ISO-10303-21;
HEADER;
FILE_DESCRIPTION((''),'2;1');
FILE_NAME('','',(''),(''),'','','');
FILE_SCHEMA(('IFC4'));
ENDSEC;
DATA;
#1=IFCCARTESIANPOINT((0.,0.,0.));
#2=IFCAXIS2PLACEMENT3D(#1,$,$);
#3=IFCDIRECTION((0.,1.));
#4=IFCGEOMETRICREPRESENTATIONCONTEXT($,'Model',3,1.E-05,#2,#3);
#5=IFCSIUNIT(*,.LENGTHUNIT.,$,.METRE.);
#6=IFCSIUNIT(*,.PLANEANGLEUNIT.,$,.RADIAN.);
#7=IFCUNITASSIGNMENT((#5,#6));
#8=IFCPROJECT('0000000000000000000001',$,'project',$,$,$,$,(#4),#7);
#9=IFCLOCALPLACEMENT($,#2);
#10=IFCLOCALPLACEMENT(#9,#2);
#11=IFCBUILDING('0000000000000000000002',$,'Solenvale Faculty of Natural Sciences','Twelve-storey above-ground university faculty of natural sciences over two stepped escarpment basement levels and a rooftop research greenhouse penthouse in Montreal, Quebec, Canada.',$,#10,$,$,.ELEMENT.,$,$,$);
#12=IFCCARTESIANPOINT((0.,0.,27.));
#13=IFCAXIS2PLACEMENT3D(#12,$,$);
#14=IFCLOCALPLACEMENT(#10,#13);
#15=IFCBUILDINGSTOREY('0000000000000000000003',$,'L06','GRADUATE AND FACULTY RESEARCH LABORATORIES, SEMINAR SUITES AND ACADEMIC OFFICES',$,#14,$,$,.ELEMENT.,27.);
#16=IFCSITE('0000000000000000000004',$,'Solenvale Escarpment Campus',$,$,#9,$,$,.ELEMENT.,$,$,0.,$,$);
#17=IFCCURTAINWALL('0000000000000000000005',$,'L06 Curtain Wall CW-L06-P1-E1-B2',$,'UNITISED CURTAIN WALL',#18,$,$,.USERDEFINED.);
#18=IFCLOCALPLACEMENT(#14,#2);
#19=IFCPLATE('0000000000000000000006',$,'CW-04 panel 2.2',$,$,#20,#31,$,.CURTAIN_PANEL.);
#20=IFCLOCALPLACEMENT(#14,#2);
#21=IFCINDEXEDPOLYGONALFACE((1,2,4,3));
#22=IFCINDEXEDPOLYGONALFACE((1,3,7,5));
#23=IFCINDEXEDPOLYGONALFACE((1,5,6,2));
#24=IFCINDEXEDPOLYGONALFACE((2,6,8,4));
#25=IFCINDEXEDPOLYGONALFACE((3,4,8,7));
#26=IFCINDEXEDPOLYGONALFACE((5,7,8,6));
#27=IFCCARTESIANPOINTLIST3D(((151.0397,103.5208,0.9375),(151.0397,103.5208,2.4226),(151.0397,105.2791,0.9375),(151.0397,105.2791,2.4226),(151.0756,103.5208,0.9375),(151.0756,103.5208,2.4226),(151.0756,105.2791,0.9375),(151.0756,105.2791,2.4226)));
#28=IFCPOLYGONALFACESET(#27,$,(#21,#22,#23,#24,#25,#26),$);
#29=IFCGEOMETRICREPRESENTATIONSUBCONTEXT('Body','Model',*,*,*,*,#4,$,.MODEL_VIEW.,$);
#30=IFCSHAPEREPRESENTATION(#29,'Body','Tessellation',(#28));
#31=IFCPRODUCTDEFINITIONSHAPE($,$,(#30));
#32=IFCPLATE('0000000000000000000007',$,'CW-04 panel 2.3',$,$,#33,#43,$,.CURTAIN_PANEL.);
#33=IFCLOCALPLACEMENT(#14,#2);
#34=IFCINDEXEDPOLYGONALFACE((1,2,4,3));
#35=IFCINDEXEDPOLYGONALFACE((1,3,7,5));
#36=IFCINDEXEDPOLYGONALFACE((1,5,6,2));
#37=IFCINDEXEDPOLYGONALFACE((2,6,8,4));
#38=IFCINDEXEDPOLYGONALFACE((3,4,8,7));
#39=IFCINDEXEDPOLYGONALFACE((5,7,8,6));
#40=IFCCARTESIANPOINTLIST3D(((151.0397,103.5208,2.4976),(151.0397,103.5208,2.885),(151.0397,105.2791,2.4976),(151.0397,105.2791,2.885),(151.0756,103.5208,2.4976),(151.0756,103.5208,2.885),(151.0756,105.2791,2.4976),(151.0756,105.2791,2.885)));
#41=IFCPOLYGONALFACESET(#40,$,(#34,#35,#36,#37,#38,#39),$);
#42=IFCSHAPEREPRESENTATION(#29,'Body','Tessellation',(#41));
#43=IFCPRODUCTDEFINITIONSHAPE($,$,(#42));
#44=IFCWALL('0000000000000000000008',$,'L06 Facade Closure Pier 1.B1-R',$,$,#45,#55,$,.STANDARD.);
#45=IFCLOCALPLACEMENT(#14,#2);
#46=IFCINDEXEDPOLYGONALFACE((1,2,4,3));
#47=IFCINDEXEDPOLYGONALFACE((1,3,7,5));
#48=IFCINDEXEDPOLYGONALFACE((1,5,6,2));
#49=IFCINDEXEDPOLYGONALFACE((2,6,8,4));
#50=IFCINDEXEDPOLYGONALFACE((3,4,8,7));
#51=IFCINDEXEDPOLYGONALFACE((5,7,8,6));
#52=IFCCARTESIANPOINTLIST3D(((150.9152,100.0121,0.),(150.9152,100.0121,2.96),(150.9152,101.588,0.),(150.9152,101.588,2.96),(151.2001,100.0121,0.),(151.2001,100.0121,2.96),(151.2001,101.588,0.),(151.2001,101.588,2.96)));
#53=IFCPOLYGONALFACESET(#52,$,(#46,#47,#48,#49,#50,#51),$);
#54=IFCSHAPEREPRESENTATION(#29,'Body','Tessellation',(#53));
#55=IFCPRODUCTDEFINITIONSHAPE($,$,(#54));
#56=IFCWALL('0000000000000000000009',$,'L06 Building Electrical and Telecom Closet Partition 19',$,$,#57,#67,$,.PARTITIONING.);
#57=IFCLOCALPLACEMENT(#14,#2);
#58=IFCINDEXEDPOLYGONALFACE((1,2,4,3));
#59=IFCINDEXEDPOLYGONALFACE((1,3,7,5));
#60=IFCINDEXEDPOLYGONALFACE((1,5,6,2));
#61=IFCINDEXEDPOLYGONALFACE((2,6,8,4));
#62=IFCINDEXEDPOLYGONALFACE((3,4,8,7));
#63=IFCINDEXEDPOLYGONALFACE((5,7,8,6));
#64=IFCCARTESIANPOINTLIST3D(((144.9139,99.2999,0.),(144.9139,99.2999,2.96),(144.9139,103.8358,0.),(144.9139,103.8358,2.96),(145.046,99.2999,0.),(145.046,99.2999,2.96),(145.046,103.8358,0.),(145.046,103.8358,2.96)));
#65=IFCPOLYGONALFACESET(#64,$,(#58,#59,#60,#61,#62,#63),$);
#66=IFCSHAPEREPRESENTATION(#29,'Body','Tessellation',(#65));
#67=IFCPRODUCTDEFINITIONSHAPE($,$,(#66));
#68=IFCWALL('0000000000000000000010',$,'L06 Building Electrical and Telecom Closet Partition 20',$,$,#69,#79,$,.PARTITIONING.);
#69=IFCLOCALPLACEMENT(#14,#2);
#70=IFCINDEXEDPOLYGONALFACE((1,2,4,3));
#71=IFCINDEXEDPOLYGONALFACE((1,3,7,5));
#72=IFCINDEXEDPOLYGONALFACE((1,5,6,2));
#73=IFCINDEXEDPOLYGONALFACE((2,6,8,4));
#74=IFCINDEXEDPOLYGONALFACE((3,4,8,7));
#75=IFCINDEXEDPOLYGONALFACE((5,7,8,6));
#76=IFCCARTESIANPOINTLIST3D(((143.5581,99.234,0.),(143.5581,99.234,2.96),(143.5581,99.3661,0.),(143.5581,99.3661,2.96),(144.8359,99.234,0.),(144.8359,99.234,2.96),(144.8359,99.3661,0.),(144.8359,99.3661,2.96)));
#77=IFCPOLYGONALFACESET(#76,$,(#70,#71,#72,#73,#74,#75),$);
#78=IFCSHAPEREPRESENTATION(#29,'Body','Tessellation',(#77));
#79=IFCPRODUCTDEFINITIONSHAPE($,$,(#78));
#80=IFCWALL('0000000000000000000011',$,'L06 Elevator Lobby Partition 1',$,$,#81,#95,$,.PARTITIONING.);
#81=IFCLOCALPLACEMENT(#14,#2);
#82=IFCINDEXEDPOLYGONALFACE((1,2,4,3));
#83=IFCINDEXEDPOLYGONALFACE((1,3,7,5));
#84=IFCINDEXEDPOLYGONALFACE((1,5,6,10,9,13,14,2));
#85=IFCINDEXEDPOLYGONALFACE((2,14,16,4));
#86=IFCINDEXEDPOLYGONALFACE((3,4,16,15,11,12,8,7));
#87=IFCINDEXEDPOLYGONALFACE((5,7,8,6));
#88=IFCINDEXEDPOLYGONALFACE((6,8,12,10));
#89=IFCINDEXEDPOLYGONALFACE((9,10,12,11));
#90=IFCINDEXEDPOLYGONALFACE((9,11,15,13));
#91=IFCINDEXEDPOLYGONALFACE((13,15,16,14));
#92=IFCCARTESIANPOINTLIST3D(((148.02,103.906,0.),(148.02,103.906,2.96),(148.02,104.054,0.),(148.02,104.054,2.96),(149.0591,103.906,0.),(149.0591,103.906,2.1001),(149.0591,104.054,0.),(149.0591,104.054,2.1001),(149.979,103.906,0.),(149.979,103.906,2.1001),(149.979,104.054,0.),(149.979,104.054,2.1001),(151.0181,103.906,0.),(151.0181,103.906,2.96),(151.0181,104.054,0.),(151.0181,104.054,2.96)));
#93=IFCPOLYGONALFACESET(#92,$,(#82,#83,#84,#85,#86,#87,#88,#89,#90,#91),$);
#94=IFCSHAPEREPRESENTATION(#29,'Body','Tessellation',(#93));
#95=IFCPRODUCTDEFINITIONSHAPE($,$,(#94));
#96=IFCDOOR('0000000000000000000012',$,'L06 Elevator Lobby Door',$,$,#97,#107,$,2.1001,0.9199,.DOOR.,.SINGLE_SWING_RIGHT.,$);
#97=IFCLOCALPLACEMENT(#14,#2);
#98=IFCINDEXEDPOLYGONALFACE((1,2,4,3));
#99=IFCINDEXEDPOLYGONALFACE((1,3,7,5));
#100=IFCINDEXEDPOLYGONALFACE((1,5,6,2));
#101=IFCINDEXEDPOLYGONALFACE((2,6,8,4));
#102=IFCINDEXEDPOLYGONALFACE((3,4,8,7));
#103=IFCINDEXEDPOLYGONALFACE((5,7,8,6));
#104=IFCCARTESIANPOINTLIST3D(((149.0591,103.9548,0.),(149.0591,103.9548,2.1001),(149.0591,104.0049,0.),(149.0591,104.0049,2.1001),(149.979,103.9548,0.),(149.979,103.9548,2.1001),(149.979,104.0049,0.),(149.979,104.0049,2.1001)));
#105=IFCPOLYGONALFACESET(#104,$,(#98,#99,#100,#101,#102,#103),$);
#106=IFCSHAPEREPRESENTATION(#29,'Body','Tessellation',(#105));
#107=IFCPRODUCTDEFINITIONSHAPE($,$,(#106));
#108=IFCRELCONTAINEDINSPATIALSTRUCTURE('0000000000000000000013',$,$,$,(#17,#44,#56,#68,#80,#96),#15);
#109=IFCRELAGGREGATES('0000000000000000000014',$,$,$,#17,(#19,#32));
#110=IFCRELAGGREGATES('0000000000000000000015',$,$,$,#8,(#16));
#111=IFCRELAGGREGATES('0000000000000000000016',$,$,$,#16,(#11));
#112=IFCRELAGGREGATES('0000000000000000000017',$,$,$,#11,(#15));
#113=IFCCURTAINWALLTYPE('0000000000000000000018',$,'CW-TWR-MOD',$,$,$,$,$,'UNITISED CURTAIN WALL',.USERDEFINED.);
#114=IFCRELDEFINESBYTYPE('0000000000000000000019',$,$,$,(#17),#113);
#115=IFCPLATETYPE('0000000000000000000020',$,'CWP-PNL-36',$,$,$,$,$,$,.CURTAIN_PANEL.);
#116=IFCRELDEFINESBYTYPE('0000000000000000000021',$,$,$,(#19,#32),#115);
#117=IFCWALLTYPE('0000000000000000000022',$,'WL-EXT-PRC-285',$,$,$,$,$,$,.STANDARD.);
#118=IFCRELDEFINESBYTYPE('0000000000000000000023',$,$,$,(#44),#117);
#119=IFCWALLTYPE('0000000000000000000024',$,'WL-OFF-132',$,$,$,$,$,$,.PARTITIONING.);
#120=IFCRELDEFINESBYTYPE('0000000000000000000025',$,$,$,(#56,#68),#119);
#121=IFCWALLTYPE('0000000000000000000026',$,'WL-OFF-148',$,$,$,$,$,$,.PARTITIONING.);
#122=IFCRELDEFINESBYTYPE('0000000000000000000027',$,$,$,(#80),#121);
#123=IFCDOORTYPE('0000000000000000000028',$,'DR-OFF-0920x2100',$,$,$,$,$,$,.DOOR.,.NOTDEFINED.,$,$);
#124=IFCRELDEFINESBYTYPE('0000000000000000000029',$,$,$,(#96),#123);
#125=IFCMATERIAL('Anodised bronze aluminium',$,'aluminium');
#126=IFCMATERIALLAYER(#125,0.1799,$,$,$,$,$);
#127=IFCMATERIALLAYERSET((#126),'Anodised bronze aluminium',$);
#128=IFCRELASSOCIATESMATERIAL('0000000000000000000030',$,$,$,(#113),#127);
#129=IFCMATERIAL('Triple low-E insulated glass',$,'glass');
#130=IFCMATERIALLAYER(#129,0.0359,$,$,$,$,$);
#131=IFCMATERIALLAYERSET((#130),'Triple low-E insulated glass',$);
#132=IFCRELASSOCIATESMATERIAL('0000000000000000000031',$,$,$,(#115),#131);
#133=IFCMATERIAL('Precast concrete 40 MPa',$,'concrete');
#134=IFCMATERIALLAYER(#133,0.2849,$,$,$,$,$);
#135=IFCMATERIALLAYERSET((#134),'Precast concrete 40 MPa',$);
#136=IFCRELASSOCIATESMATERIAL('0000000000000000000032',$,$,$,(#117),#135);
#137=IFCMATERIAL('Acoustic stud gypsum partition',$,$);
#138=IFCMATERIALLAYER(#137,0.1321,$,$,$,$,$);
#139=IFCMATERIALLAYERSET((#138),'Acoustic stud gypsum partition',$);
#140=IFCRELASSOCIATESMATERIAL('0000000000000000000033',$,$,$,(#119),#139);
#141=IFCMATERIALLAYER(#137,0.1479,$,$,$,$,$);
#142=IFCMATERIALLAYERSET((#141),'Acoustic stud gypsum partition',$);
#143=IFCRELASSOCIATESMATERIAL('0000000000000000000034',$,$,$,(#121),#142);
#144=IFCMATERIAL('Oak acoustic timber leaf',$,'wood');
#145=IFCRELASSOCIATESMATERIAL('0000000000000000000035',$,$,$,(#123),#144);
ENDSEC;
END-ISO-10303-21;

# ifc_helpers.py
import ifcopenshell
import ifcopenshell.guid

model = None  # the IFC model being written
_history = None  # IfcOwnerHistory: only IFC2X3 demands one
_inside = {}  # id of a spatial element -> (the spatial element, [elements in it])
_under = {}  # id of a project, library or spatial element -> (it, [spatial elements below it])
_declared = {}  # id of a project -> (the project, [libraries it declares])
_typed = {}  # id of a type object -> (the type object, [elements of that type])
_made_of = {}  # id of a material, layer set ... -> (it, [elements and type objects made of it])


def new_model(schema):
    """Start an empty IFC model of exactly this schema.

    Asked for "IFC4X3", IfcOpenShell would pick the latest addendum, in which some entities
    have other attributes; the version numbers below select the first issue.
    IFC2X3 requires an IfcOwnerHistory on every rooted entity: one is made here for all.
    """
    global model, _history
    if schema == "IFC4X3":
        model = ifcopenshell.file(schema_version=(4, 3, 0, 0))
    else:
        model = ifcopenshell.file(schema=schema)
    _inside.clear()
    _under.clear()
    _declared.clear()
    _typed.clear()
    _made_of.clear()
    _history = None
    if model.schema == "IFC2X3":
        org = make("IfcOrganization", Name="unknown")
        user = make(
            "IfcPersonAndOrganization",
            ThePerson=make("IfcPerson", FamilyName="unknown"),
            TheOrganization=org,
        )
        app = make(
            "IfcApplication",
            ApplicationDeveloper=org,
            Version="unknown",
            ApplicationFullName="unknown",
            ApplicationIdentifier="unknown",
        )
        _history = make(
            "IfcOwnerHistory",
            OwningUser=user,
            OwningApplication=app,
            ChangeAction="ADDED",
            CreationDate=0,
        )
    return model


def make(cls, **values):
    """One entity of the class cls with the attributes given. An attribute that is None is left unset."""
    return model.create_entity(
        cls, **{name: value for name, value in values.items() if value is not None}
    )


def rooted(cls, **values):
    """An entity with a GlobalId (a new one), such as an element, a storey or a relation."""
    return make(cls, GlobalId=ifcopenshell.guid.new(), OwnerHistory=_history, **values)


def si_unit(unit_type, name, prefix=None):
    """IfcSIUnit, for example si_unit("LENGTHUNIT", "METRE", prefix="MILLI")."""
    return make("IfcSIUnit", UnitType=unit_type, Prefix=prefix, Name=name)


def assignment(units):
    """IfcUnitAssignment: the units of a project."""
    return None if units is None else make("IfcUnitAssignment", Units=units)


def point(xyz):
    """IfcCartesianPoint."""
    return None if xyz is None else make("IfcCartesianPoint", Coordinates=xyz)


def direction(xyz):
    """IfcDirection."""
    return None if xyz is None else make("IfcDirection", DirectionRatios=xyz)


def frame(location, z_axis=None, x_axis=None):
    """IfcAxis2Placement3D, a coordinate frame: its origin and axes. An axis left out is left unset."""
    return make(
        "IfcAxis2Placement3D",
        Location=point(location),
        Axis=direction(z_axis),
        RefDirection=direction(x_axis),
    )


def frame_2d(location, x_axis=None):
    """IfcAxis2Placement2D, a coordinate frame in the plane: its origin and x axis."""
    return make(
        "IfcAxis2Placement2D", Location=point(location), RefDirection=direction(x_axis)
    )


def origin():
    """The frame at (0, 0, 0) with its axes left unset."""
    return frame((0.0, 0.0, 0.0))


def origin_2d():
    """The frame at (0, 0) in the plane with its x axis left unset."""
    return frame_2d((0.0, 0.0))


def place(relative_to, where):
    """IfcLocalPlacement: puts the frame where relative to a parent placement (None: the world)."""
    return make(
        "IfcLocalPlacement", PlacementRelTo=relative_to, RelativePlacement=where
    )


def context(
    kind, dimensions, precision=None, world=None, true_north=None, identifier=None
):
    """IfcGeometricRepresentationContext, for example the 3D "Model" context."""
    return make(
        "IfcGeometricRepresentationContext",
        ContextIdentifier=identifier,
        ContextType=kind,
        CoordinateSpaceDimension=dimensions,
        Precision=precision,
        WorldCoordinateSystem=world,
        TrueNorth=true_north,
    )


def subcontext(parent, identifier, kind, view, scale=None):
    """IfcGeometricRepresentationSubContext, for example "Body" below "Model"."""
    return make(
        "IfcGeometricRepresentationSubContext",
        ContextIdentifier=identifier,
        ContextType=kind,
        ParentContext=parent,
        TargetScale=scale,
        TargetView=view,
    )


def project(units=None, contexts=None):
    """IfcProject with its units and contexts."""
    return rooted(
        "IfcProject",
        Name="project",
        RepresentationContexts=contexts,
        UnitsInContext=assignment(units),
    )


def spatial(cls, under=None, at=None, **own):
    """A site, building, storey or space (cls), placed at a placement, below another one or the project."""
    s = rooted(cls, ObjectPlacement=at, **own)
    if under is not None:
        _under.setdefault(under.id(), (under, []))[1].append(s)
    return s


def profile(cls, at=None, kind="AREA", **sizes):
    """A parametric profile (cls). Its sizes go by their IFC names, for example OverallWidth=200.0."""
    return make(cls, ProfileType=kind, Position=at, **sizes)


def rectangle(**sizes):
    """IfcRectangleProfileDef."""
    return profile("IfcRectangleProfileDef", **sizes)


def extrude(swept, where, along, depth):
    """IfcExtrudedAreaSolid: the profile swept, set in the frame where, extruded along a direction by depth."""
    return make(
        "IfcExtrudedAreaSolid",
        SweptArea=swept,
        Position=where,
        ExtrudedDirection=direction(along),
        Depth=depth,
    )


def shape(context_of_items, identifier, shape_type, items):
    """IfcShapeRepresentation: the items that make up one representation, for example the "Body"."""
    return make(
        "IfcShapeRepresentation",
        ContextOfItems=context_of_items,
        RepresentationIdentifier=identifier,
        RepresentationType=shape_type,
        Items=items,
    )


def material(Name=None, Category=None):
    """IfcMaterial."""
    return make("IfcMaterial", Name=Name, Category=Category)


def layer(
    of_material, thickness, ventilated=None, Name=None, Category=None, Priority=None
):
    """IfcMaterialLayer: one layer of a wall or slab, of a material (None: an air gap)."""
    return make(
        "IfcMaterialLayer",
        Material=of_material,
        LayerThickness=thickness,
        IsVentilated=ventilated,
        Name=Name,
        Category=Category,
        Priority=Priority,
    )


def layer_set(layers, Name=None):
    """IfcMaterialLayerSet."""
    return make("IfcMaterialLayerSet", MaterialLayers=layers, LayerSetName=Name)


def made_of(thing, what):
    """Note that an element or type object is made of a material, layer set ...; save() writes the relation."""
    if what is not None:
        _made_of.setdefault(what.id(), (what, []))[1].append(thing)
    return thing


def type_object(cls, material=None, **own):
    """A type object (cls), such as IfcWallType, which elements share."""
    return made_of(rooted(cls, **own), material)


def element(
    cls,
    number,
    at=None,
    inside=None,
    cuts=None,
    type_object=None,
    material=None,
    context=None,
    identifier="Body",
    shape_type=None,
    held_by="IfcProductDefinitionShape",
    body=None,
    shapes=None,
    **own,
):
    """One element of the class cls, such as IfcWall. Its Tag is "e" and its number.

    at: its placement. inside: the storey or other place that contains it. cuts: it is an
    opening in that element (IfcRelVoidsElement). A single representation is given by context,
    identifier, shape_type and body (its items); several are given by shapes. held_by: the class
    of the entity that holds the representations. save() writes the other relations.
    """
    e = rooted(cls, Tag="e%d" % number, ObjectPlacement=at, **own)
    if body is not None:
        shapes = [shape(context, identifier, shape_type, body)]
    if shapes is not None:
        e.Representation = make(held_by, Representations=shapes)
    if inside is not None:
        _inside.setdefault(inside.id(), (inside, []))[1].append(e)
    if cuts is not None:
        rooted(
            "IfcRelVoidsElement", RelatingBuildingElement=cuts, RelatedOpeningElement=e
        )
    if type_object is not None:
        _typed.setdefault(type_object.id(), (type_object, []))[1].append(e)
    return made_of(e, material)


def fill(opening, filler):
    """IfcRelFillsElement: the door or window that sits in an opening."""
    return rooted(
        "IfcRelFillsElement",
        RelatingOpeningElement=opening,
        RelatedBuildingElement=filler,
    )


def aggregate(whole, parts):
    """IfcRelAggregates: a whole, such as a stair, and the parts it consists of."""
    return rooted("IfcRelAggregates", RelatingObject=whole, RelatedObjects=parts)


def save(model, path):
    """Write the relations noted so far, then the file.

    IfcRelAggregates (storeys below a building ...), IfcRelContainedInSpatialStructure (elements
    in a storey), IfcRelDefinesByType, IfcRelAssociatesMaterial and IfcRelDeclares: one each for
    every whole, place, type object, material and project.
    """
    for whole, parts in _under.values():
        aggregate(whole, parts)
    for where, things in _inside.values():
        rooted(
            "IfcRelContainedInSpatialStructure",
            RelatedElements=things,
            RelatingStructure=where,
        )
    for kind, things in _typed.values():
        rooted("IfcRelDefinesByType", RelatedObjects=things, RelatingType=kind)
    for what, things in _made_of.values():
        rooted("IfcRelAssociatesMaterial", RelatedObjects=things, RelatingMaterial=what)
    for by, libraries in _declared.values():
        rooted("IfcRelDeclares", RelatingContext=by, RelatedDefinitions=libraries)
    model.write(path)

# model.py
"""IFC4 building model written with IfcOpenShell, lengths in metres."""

from ifc_helpers import new_model, si_unit, direction, frame, frame_2d, origin, origin_2d, place, context, subcontext, project, spatial, rectangle, extrude, material, layer, layer_set, type_object, element, fill, aggregate, save


model = new_model("IFC4")

# Units and contexts
model_context = context("Model", 3, precision=1e-05, world=origin(), true_north=direction((0.0, 1.0)))
body_context = subcontext(model_context, "Body", "Model", "MODEL_VIEW")
ifc_project = project(units=[si_unit("LENGTHUNIT", "METRE"), si_unit("PLANEANGLEUNIT", "RADIAN")], contexts=[model_context])

# Site, building, storey
site_placement = place(None, origin())
site = spatial("IfcSite", under=ifc_project, at=site_placement, Name="Solenvale Escarpment Campus", CompositionType="ELEMENT", RefElevation=0.0)
building_placement = place(site_placement, origin())
building = spatial("IfcBuilding", under=site, at=building_placement, Name="Solenvale Faculty of Natural Sciences", Description="Twelve-storey above-ground university faculty of natural sciences over two stepped escarpment basement levels and a rooftop research greenhouse penthouse in Montreal, Quebec, Canada.", CompositionType="ELEMENT")
storey_placement = place(building_placement, frame((0.0, 0.0, 27.0)))
storey = spatial("IfcBuildingStorey", under=building, at=storey_placement, Name="L06", Description="GRADUATE AND FACULTY RESEARCH LABORATORIES, SEMINAR SUITES AND ACADEMIC OFFICES", CompositionType="ELEMENT", Elevation=27.0)

# Shared definitions
ifc_material_1 = material(Name="Anodised bronze aluminium", Category="aluminium")
ifc_layer_1 = layer(ifc_material_1, 0.1799)
ifc_layer_set_1 = layer_set([ifc_layer_1], Name="Anodised bronze aluminium")
curtain_wall_type = type_object("IfcCurtainWallType", Name="CW-TWR-MOD", ElementType="UNITISED CURTAIN WALL", PredefinedType="USERDEFINED", material=ifc_layer_set_1)

# Curtain wall
curtain_wall_1_placement = place(storey_placement, origin())
curtain_wall_1 = element("IfcCurtainWall", 1, at=curtain_wall_1_placement, inside=storey, type_object=curtain_wall_type, Name="L06 Curtain Wall CW-L06-P1-E1-B2", ObjectType="UNITISED CURTAIN WALL", PredefinedType="USERDEFINED")

# Plates
ifc_material_2 = material(Name="Triple low-E insulated glass", Category="glass")
ifc_layer_2 = layer(ifc_material_2, 0.0359)
ifc_layer_set_2 = layer_set([ifc_layer_2], Name="Triple low-E insulated glass")
plate_type_1 = type_object("IfcPlateType", Name="CWP-PNL-36", PredefinedType="CURTAIN_PANEL", material=ifc_layer_set_2)
plate_1_placement = place(storey_placement, frame((151.0576, 104.3999, 0.9375), z_axis=(0.0, 0.0, 1.0), x_axis=(0.0, 1.0, 0.0)))
plate_1 = element("IfcPlate", 2, at=plate_1_placement, type_object=plate_type_1, Name="CW-04 panel 2.2", PredefinedType="CURTAIN_PANEL", context=body_context, shape_type="SweptSolid", body=[
    extrude(rectangle(XDim=1.7583, YDim=0.0359, at=origin_2d()), origin(), (0.0, 0.0, 1.0), 1.4851),
])
plate_2_placement = place(storey_placement, frame((151.0576, 104.3999, 2.4976), z_axis=(0.0, 0.0, 1.0), x_axis=(0.0, 1.0, 0.0)))
plate_2 = element("IfcPlate", 3, at=plate_2_placement, type_object=plate_type_1, Name="CW-04 panel 2.3", PredefinedType="CURTAIN_PANEL", context=body_context, shape_type="SweptSolid", body=[
    extrude(rectangle(XDim=1.7583, YDim=0.0359, at=origin_2d()), origin(), (0.0, 0.0, 1.0), 0.3875),
])
aggregate(curtain_wall_1, [plate_1, plate_2])

# Walls
ifc_material_3 = material(Name="Precast concrete 40 MPa", Category="concrete")
ifc_layer_3 = layer(ifc_material_3, 0.2849)
ifc_layer_set_3 = layer_set([ifc_layer_3], Name="Precast concrete 40 MPa")
wall_type_1 = type_object("IfcWallType", Name="WL-EXT-PRC-285", PredefinedType="STANDARD", material=ifc_layer_set_3)
wall_1_placement = place(storey_placement, frame((151.0576, 100.012, 0.0), z_axis=(0.0, 0.0, 1.0), x_axis=(0.0, 1.0, 0.0)))
element("IfcWall", 4, at=wall_1_placement, inside=storey, type_object=wall_type_1, Name="L06 Facade Closure Pier 1.B1-R", PredefinedType="STANDARD", context=body_context, shape_type="SweptSolid", body=[
    extrude(rectangle(XDim=1.5759, YDim=0.2849, at=frame_2d((0.7881, 0.0))), origin(), (0.0, 0.0, 1.0), 2.96),
])
ifc_material_4 = material(Name="Acoustic stud gypsum partition")
ifc_layer_4 = layer(ifc_material_4, 0.1321)
ifc_layer_set_4 = layer_set([ifc_layer_4], Name="Acoustic stud gypsum partition")
wall_type_2 = type_object("IfcWallType", Name="WL-OFF-132", PredefinedType="PARTITIONING", material=ifc_layer_set_4)
wall_2_placement = place(storey_placement, frame((144.98, 103.8359, 0.0), z_axis=(0.0, 0.0, 1.0), x_axis=(0.0, -1.0, 0.0)))
element("IfcWall", 5, at=wall_2_placement, inside=storey, type_object=wall_type_2, Name="L06 Building Electrical and Telecom Closet Partition 19", PredefinedType="PARTITIONING", context=body_context, shape_type="SweptSolid", body=[
    extrude(rectangle(XDim=4.5359, YDim=0.1321, at=frame_2d((2.2681, 0.0))), origin(), (0.0, 0.0, 1.0), 2.96),
])
wall_3_placement = place(storey_placement, frame((144.8359, 99.3, 0.0), z_axis=(0.0, 0.0, 1.0), x_axis=(-1.0, 0.0, 0.0)))
element("IfcWall", 6, at=wall_3_placement, inside=storey, type_object=wall_type_2, Name="L06 Building Electrical and Telecom Closet Partition 20", PredefinedType="PARTITIONING", context=body_context, shape_type="SweptSolid", body=[
    extrude(rectangle(XDim=1.2778, YDim=0.1321, at=frame_2d((0.6389, 0.0))), origin(), (0.0, 0.0, 1.0), 2.96),
])

# Wall, opening, door
ifc_layer_5 = layer(ifc_material_4, 0.1479)
ifc_layer_set_5 = layer_set([ifc_layer_5], Name="Acoustic stud gypsum partition")
wall_type_3 = type_object("IfcWallType", Name="WL-OFF-148", PredefinedType="PARTITIONING", material=ifc_layer_set_5)
wall_4_placement = place(storey_placement, frame((148.02, 103.98, 0.0), z_axis=(0.0, 0.0, 1.0), x_axis=(1.0, 0.0, 0.0)))
wall_4 = element("IfcWall", 7, at=wall_4_placement, inside=storey, type_object=wall_type_3, Name="L06 Elevator Lobby Partition 1", PredefinedType="PARTITIONING", context=body_context, shape_type="SweptSolid", body=[
    extrude(rectangle(XDim=2.998, YDim=0.1479, at=frame_2d((1.499, 0.0))), origin(), (0.0, 0.0, 1.0), 2.96),
])
opening_placement = place(wall_4_placement, frame((1.0391, 0.0, 0.0)))
opening = element("IfcOpeningElement", 8, at=opening_placement, cuts=wall_4, PredefinedType="OPENING", context=body_context, shape_type="SweptSolid", body=[
    extrude(rectangle(XDim=0.9199, YDim=2.1001, at=frame_2d((0.46, 1.05))), frame((0.0, 0.084, 0.0), z_axis=(0.0, -1.0, 0.0), x_axis=(1.0, 0.0, 0.0)), (0.0, 0.0, 1.0), 0.168),
])
ifc_material_5 = material(Name="Oak acoustic timber leaf", Category="wood")
door_type = type_object("IfcDoorType", Name="DR-OFF-0920x2100", OperationType="NOTDEFINED", PredefinedType="DOOR", material=ifc_material_5)
door_placement = place(opening_placement, origin())
door = element("IfcDoor", 9, at=door_placement, inside=storey, type_object=door_type, Name="L06 Elevator Lobby Door", OperationType="SINGLE_SWING_RIGHT", OverallHeight=2.1001, OverallWidth=0.9199, PredefinedType="DOOR", context=body_context, shape_type="SweptSolid", body=[
    extrude(rectangle(XDim=0.9199, YDim=2.1001, at=frame_2d((0.46, 1.05))), frame((0.0, 0.0249, 0.0), z_axis=(0.0, -1.0, 0.0), x_axis=(1.0, 0.0, 0.0)), (0.0, 0.0, 1.0), 0.05),
])
fill(opening, door)

save(model, "model.ifc")
